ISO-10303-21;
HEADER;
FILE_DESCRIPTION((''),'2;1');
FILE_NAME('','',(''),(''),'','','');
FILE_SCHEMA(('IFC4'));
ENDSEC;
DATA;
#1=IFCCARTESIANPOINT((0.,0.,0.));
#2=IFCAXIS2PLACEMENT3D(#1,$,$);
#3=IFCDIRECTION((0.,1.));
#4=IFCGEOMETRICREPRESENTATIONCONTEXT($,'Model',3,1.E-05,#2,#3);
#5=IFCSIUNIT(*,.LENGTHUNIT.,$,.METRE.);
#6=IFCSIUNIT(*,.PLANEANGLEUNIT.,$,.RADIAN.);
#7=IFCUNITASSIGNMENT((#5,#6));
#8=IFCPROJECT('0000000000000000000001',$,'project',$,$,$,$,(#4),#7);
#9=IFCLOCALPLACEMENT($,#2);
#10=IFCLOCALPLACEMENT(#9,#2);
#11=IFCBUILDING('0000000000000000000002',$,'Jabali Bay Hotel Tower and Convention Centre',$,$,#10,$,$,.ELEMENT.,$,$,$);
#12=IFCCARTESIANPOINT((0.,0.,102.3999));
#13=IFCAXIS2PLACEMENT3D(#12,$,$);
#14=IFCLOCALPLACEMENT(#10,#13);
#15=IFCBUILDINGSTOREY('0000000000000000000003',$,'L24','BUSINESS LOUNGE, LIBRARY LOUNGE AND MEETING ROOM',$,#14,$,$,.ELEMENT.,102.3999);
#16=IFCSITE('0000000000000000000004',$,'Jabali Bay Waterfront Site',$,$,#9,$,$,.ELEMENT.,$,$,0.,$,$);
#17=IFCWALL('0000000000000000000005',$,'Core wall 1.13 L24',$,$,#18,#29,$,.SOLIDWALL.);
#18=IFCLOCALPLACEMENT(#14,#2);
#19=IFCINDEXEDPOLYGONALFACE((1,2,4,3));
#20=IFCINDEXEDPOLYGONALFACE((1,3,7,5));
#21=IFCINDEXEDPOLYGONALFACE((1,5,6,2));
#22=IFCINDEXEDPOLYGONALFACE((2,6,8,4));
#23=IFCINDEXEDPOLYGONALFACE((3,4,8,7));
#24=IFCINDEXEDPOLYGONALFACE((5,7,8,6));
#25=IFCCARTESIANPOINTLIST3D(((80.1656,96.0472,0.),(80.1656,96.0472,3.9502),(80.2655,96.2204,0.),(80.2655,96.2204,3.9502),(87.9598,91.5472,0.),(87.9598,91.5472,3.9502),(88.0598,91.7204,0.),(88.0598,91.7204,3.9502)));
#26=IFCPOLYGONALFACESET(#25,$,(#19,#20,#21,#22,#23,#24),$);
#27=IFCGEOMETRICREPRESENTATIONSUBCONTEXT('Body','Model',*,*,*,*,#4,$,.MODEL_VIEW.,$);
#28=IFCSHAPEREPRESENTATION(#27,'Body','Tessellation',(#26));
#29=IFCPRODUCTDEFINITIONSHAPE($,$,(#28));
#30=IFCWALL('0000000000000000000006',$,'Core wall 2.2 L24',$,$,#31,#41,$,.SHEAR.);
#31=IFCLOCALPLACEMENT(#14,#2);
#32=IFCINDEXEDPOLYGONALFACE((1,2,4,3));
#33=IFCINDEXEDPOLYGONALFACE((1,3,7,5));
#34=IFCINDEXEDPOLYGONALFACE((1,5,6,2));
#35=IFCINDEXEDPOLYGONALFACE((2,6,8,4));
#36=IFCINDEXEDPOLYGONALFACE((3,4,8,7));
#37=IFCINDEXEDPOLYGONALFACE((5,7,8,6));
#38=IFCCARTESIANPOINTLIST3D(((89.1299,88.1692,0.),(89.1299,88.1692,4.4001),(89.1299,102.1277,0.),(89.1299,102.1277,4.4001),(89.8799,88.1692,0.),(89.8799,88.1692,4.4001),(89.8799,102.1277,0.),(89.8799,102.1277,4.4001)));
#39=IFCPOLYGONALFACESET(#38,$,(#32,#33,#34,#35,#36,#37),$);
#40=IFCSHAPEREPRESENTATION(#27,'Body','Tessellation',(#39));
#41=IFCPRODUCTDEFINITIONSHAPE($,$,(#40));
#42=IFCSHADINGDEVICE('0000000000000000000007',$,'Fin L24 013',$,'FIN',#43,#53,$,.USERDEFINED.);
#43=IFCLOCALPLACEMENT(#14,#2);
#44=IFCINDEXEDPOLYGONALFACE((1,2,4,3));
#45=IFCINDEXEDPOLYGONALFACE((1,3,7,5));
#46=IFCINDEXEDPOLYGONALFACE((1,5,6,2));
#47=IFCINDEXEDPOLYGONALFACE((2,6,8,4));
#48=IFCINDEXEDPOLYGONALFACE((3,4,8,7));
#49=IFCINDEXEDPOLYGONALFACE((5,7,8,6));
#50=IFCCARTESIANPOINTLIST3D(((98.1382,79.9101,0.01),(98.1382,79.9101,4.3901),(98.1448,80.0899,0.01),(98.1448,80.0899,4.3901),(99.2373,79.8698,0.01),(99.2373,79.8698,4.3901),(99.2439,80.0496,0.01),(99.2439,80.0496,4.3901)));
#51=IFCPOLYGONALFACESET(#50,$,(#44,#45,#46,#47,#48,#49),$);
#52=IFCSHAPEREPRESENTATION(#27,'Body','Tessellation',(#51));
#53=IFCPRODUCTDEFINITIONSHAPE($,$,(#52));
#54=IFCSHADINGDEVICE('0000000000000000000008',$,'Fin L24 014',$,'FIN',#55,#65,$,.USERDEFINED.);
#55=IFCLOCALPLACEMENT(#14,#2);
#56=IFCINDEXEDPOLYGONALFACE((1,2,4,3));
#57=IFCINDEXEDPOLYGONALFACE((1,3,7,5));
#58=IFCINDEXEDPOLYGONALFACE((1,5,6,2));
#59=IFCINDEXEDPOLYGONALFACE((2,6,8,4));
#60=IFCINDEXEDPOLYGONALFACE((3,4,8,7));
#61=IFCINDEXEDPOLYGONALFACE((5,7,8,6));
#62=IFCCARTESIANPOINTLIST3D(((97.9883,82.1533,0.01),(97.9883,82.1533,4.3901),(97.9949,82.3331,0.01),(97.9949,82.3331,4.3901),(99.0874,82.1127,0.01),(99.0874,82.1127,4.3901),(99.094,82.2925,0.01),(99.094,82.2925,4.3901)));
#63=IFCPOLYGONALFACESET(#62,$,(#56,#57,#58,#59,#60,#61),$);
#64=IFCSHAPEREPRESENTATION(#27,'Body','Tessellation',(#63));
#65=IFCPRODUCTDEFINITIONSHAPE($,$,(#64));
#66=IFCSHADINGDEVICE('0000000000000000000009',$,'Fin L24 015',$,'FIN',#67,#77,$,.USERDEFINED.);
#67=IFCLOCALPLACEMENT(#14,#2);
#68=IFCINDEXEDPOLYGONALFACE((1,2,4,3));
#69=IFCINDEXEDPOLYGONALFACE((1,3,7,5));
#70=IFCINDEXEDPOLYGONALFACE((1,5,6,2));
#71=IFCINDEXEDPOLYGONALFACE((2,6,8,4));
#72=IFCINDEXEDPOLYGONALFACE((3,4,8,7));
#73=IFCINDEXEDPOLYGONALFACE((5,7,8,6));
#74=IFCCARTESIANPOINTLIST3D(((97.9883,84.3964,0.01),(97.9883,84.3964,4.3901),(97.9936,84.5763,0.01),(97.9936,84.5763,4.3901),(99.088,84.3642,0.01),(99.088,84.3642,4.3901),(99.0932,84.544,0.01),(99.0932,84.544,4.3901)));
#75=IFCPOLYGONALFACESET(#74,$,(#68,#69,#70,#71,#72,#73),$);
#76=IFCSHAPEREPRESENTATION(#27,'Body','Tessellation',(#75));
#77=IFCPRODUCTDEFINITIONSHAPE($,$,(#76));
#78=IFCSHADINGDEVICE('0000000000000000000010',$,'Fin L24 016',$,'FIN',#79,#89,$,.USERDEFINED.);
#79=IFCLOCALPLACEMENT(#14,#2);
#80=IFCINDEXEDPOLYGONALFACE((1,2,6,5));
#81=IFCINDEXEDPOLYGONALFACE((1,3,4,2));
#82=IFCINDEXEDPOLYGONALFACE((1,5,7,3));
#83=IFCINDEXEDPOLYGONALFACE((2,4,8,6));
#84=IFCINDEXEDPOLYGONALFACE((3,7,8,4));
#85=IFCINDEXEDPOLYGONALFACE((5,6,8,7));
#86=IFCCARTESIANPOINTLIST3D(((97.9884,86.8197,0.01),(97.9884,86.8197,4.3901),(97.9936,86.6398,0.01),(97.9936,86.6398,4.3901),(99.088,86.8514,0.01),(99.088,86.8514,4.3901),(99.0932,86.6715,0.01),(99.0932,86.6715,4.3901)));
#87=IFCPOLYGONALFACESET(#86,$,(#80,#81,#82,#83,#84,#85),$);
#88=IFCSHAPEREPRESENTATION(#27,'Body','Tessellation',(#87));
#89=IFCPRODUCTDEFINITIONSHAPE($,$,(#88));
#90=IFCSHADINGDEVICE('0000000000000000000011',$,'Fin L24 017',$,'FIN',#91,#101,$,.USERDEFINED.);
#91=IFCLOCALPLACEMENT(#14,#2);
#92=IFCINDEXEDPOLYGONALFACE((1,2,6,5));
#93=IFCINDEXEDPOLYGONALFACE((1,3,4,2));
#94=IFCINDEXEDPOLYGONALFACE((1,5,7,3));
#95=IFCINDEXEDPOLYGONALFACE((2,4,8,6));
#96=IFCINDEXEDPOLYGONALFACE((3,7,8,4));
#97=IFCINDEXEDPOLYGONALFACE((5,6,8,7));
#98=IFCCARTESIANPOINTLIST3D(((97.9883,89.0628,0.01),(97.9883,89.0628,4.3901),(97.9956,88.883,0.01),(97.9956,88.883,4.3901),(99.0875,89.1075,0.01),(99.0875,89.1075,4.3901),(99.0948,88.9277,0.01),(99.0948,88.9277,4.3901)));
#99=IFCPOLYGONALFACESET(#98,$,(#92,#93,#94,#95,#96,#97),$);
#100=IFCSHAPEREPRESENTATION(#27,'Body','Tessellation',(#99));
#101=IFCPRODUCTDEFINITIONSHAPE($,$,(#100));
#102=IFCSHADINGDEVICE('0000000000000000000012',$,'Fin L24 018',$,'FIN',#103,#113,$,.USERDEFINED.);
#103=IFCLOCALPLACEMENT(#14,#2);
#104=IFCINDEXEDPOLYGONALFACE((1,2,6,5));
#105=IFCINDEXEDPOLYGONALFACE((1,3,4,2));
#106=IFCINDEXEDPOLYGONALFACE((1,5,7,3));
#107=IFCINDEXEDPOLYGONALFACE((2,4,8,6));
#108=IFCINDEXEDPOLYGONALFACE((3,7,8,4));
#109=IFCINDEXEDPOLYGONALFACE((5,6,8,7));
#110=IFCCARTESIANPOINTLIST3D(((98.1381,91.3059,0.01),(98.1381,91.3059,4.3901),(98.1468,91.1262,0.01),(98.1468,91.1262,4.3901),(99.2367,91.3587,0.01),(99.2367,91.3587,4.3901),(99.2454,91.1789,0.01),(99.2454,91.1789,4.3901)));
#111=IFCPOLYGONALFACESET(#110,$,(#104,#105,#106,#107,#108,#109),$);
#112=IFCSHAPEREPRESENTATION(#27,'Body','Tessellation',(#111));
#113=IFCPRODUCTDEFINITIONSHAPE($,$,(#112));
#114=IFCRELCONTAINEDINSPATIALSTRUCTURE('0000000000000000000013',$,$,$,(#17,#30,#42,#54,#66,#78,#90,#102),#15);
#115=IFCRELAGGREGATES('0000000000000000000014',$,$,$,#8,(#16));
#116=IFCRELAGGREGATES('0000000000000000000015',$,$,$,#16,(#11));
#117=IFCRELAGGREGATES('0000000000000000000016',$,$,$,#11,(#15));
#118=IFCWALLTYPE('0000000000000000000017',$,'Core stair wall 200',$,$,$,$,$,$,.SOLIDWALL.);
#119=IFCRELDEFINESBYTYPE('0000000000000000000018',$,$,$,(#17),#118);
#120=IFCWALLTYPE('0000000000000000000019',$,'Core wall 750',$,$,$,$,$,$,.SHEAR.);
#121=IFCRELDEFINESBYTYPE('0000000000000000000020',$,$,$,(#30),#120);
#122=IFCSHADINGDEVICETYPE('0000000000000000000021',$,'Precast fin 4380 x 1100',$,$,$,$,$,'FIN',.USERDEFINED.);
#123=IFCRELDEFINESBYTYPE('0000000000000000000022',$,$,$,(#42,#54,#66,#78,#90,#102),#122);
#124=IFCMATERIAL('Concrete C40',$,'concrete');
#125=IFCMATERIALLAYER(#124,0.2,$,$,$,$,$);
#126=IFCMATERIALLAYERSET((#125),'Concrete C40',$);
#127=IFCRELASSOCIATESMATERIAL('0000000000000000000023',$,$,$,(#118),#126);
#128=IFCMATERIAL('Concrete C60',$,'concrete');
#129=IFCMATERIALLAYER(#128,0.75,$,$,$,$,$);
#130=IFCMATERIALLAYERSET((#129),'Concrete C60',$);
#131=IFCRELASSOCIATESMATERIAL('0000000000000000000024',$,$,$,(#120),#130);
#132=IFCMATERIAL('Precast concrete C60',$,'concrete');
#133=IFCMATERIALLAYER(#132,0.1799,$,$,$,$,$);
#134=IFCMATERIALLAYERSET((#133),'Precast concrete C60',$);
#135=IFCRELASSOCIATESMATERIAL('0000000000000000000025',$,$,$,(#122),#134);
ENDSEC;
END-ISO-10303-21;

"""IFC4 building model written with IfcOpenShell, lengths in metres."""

from ifc_helpers import new_model, si_unit, direction, frame, frame_2d, origin, place, context, subcontext, project, spatial, rectangle, extrude, material, layer, layer_set, type_object, element, save


model = new_model("IFC4")

# Units and contexts
model_context = context("Model", 3, precision=1e-05, world=origin(), true_north=direction((0.0, 1.0)))
body_context = subcontext(model_context, "Body", "Model", "MODEL_VIEW")
ifc_project = project(units=[si_unit("LENGTHUNIT", "METRE"), si_unit("PLANEANGLEUNIT", "RADIAN")], contexts=[model_context])

# Site, building, storey
site_placement = place(None, origin())
site = spatial("IfcSite", under=ifc_project, at=site_placement, Name="Jabali Bay Waterfront Site", CompositionType="ELEMENT", RefElevation=0.0)
building_placement = place(site_placement, origin())
building = spatial("IfcBuilding", under=site, at=building_placement, Name="Jabali Bay Hotel Tower and Convention Centre", CompositionType="ELEMENT")
storey_placement = place(building_placement, frame((0.0, 0.0, 102.3999)))
storey = spatial("IfcBuildingStorey", under=building, at=storey_placement, Name="L24", Description="BUSINESS LOUNGE, LIBRARY LOUNGE AND MEETING ROOM", CompositionType="ELEMENT", Elevation=102.3999)

# Shared definitions
ifc_material_1 = material(Name="Concrete C60", Category="concrete")

# Shared definitions
ifc_material_2 = material(Name="Concrete C40", Category="concrete")

# Walls
ifc_layer_1 = layer(ifc_material_2, 0.2)
ifc_layer_set_1 = layer_set([ifc_layer_1], Name="Concrete C40")
wall_type_1 = type_object("IfcWallType", Name="Core stair wall 200", PredefinedType="SOLIDWALL", material=ifc_layer_set_1)
wall_1_placement = place(storey_placement, frame((88.0098, 91.6338, 0.0), z_axis=(0.0, 0.0, 1.0), x_axis=(-0.866024, 0.500002, 0.0)))
element("IfcWall", 1, at=wall_1_placement, inside=storey, type_object=wall_type_1, Name="Core wall 1.13 L24", PredefinedType="SOLIDWALL", context=body_context, shape_type="SweptSolid", body=[
    extrude(rectangle(XDim=9.0, YDim=0.2, at=frame_2d((4.5, 0.0))), origin(), (0.0, 0.0, 1.0), 3.9502),
])
ifc_layer_2 = layer(ifc_material_1, 0.75)
ifc_layer_set_2 = layer_set([ifc_layer_2], Name="Concrete C60")
wall_type_2 = type_object("IfcWallType", Name="Core wall 750", PredefinedType="SHEAR", material=ifc_layer_set_2)
wall_2_placement = place(storey_placement, frame((89.5049, 88.1692, 0.0), z_axis=(0.0, 0.0, 1.0), x_axis=(0.0, 1.0, 0.0)))
element("IfcWall", 2, at=wall_2_placement, inside=storey, type_object=wall_type_2, Name="Core wall 2.2 L24", PredefinedType="SHEAR", context=body_context, shape_type="SweptSolid", body=[
    extrude(rectangle(XDim=13.9585, YDim=0.75, at=frame_2d((6.9792, 0.0))), origin(), (0.0, 0.0, 1.0), 4.4001),
])

# Shading devices
ifc_material_3 = material(Name="Precast concrete C60", Category="concrete")
ifc_layer_3 = layer(ifc_material_3, 0.1799)
ifc_layer_set_3 = layer_set([ifc_layer_3], Name="Precast concrete C60")
shading_device_type = type_object("IfcShadingDeviceType", Name="Precast fin 4380 x 1100", ElementType="FIN", PredefinedType="USERDEFINED", material=ifc_layer_set_3)
for number, where, z_axis, x_axis, name in (
    (3, (98.1416, 80.0, 0.01), (0.0, 0.0, 1.0), (0.999329, -0.036626, 0.0), "Fin L24 013"),
    (4, (97.9917, 82.2432, 0.01), (0.0, 0.0, 1.0), (0.999321, -0.036847, 0.0), "Fin L24 014"),
):
    element("IfcShadingDevice", number, at=place(storey_placement, frame(where, z_axis=z_axis, x_axis=x_axis)), inside=storey, type_object=shading_device_type, Name=name, ObjectType="FIN", PredefinedType="USERDEFINED", context=body_context, shape_type="SweptSolid", body=[
        extrude(rectangle(XDim=1.0999, YDim=0.1799, at=frame_2d((0.5498, 0.0))), origin(), (0.0, 0.0, 1.0), 4.3801),
    ])
for number, where, z_axis, x_axis, name in (
    (5, (97.991, 84.4863, 0.01), (0.0, 0.0, 1.0), (0.999571, -0.029295, 0.0), "Fin L24 015"),
    (6, (97.991, 86.7297, 0.01), (0.0, 0.0, 1.0), (0.999584, 0.028851, 0.0), "Fin L24 016"),
    (7, (97.9919, 88.9729, 0.01), (0.0, 0.0, 1.0), (0.999175, 0.040615, 0.0), "Fin L24 017"),
):
    element("IfcShadingDevice", number, at=place(storey_placement, frame(where, z_axis=z_axis, x_axis=x_axis)), inside=storey, type_object=shading_device_type, Name=name, ObjectType="FIN", PredefinedType="USERDEFINED", context=body_context, shape_type="SweptSolid", body=[
        extrude(rectangle(XDim=1.1001, YDim=0.1799, at=frame_2d((0.55, 0.0))), origin(), (0.0, 0.0, 1.0), 4.3801),
    ])
shading_device_placement = place(storey_placement, frame((98.1426, 91.2161, 0.01), z_axis=(0.0, 0.0, 1.0), x_axis=(0.99885, 0.047945, 0.0)))
element("IfcShadingDevice", 8, at=shading_device_placement, inside=storey, type_object=shading_device_type, Name="Fin L24 018", ObjectType="FIN", PredefinedType="USERDEFINED", context=body_context, shape_type="SweptSolid", body=[
    extrude(rectangle(XDim=1.0999, YDim=0.1799, at=frame_2d((0.5498, 0.0))), origin(), (0.0, 0.0, 1.0), 4.3801),
])

save(model, "model.ifc")
